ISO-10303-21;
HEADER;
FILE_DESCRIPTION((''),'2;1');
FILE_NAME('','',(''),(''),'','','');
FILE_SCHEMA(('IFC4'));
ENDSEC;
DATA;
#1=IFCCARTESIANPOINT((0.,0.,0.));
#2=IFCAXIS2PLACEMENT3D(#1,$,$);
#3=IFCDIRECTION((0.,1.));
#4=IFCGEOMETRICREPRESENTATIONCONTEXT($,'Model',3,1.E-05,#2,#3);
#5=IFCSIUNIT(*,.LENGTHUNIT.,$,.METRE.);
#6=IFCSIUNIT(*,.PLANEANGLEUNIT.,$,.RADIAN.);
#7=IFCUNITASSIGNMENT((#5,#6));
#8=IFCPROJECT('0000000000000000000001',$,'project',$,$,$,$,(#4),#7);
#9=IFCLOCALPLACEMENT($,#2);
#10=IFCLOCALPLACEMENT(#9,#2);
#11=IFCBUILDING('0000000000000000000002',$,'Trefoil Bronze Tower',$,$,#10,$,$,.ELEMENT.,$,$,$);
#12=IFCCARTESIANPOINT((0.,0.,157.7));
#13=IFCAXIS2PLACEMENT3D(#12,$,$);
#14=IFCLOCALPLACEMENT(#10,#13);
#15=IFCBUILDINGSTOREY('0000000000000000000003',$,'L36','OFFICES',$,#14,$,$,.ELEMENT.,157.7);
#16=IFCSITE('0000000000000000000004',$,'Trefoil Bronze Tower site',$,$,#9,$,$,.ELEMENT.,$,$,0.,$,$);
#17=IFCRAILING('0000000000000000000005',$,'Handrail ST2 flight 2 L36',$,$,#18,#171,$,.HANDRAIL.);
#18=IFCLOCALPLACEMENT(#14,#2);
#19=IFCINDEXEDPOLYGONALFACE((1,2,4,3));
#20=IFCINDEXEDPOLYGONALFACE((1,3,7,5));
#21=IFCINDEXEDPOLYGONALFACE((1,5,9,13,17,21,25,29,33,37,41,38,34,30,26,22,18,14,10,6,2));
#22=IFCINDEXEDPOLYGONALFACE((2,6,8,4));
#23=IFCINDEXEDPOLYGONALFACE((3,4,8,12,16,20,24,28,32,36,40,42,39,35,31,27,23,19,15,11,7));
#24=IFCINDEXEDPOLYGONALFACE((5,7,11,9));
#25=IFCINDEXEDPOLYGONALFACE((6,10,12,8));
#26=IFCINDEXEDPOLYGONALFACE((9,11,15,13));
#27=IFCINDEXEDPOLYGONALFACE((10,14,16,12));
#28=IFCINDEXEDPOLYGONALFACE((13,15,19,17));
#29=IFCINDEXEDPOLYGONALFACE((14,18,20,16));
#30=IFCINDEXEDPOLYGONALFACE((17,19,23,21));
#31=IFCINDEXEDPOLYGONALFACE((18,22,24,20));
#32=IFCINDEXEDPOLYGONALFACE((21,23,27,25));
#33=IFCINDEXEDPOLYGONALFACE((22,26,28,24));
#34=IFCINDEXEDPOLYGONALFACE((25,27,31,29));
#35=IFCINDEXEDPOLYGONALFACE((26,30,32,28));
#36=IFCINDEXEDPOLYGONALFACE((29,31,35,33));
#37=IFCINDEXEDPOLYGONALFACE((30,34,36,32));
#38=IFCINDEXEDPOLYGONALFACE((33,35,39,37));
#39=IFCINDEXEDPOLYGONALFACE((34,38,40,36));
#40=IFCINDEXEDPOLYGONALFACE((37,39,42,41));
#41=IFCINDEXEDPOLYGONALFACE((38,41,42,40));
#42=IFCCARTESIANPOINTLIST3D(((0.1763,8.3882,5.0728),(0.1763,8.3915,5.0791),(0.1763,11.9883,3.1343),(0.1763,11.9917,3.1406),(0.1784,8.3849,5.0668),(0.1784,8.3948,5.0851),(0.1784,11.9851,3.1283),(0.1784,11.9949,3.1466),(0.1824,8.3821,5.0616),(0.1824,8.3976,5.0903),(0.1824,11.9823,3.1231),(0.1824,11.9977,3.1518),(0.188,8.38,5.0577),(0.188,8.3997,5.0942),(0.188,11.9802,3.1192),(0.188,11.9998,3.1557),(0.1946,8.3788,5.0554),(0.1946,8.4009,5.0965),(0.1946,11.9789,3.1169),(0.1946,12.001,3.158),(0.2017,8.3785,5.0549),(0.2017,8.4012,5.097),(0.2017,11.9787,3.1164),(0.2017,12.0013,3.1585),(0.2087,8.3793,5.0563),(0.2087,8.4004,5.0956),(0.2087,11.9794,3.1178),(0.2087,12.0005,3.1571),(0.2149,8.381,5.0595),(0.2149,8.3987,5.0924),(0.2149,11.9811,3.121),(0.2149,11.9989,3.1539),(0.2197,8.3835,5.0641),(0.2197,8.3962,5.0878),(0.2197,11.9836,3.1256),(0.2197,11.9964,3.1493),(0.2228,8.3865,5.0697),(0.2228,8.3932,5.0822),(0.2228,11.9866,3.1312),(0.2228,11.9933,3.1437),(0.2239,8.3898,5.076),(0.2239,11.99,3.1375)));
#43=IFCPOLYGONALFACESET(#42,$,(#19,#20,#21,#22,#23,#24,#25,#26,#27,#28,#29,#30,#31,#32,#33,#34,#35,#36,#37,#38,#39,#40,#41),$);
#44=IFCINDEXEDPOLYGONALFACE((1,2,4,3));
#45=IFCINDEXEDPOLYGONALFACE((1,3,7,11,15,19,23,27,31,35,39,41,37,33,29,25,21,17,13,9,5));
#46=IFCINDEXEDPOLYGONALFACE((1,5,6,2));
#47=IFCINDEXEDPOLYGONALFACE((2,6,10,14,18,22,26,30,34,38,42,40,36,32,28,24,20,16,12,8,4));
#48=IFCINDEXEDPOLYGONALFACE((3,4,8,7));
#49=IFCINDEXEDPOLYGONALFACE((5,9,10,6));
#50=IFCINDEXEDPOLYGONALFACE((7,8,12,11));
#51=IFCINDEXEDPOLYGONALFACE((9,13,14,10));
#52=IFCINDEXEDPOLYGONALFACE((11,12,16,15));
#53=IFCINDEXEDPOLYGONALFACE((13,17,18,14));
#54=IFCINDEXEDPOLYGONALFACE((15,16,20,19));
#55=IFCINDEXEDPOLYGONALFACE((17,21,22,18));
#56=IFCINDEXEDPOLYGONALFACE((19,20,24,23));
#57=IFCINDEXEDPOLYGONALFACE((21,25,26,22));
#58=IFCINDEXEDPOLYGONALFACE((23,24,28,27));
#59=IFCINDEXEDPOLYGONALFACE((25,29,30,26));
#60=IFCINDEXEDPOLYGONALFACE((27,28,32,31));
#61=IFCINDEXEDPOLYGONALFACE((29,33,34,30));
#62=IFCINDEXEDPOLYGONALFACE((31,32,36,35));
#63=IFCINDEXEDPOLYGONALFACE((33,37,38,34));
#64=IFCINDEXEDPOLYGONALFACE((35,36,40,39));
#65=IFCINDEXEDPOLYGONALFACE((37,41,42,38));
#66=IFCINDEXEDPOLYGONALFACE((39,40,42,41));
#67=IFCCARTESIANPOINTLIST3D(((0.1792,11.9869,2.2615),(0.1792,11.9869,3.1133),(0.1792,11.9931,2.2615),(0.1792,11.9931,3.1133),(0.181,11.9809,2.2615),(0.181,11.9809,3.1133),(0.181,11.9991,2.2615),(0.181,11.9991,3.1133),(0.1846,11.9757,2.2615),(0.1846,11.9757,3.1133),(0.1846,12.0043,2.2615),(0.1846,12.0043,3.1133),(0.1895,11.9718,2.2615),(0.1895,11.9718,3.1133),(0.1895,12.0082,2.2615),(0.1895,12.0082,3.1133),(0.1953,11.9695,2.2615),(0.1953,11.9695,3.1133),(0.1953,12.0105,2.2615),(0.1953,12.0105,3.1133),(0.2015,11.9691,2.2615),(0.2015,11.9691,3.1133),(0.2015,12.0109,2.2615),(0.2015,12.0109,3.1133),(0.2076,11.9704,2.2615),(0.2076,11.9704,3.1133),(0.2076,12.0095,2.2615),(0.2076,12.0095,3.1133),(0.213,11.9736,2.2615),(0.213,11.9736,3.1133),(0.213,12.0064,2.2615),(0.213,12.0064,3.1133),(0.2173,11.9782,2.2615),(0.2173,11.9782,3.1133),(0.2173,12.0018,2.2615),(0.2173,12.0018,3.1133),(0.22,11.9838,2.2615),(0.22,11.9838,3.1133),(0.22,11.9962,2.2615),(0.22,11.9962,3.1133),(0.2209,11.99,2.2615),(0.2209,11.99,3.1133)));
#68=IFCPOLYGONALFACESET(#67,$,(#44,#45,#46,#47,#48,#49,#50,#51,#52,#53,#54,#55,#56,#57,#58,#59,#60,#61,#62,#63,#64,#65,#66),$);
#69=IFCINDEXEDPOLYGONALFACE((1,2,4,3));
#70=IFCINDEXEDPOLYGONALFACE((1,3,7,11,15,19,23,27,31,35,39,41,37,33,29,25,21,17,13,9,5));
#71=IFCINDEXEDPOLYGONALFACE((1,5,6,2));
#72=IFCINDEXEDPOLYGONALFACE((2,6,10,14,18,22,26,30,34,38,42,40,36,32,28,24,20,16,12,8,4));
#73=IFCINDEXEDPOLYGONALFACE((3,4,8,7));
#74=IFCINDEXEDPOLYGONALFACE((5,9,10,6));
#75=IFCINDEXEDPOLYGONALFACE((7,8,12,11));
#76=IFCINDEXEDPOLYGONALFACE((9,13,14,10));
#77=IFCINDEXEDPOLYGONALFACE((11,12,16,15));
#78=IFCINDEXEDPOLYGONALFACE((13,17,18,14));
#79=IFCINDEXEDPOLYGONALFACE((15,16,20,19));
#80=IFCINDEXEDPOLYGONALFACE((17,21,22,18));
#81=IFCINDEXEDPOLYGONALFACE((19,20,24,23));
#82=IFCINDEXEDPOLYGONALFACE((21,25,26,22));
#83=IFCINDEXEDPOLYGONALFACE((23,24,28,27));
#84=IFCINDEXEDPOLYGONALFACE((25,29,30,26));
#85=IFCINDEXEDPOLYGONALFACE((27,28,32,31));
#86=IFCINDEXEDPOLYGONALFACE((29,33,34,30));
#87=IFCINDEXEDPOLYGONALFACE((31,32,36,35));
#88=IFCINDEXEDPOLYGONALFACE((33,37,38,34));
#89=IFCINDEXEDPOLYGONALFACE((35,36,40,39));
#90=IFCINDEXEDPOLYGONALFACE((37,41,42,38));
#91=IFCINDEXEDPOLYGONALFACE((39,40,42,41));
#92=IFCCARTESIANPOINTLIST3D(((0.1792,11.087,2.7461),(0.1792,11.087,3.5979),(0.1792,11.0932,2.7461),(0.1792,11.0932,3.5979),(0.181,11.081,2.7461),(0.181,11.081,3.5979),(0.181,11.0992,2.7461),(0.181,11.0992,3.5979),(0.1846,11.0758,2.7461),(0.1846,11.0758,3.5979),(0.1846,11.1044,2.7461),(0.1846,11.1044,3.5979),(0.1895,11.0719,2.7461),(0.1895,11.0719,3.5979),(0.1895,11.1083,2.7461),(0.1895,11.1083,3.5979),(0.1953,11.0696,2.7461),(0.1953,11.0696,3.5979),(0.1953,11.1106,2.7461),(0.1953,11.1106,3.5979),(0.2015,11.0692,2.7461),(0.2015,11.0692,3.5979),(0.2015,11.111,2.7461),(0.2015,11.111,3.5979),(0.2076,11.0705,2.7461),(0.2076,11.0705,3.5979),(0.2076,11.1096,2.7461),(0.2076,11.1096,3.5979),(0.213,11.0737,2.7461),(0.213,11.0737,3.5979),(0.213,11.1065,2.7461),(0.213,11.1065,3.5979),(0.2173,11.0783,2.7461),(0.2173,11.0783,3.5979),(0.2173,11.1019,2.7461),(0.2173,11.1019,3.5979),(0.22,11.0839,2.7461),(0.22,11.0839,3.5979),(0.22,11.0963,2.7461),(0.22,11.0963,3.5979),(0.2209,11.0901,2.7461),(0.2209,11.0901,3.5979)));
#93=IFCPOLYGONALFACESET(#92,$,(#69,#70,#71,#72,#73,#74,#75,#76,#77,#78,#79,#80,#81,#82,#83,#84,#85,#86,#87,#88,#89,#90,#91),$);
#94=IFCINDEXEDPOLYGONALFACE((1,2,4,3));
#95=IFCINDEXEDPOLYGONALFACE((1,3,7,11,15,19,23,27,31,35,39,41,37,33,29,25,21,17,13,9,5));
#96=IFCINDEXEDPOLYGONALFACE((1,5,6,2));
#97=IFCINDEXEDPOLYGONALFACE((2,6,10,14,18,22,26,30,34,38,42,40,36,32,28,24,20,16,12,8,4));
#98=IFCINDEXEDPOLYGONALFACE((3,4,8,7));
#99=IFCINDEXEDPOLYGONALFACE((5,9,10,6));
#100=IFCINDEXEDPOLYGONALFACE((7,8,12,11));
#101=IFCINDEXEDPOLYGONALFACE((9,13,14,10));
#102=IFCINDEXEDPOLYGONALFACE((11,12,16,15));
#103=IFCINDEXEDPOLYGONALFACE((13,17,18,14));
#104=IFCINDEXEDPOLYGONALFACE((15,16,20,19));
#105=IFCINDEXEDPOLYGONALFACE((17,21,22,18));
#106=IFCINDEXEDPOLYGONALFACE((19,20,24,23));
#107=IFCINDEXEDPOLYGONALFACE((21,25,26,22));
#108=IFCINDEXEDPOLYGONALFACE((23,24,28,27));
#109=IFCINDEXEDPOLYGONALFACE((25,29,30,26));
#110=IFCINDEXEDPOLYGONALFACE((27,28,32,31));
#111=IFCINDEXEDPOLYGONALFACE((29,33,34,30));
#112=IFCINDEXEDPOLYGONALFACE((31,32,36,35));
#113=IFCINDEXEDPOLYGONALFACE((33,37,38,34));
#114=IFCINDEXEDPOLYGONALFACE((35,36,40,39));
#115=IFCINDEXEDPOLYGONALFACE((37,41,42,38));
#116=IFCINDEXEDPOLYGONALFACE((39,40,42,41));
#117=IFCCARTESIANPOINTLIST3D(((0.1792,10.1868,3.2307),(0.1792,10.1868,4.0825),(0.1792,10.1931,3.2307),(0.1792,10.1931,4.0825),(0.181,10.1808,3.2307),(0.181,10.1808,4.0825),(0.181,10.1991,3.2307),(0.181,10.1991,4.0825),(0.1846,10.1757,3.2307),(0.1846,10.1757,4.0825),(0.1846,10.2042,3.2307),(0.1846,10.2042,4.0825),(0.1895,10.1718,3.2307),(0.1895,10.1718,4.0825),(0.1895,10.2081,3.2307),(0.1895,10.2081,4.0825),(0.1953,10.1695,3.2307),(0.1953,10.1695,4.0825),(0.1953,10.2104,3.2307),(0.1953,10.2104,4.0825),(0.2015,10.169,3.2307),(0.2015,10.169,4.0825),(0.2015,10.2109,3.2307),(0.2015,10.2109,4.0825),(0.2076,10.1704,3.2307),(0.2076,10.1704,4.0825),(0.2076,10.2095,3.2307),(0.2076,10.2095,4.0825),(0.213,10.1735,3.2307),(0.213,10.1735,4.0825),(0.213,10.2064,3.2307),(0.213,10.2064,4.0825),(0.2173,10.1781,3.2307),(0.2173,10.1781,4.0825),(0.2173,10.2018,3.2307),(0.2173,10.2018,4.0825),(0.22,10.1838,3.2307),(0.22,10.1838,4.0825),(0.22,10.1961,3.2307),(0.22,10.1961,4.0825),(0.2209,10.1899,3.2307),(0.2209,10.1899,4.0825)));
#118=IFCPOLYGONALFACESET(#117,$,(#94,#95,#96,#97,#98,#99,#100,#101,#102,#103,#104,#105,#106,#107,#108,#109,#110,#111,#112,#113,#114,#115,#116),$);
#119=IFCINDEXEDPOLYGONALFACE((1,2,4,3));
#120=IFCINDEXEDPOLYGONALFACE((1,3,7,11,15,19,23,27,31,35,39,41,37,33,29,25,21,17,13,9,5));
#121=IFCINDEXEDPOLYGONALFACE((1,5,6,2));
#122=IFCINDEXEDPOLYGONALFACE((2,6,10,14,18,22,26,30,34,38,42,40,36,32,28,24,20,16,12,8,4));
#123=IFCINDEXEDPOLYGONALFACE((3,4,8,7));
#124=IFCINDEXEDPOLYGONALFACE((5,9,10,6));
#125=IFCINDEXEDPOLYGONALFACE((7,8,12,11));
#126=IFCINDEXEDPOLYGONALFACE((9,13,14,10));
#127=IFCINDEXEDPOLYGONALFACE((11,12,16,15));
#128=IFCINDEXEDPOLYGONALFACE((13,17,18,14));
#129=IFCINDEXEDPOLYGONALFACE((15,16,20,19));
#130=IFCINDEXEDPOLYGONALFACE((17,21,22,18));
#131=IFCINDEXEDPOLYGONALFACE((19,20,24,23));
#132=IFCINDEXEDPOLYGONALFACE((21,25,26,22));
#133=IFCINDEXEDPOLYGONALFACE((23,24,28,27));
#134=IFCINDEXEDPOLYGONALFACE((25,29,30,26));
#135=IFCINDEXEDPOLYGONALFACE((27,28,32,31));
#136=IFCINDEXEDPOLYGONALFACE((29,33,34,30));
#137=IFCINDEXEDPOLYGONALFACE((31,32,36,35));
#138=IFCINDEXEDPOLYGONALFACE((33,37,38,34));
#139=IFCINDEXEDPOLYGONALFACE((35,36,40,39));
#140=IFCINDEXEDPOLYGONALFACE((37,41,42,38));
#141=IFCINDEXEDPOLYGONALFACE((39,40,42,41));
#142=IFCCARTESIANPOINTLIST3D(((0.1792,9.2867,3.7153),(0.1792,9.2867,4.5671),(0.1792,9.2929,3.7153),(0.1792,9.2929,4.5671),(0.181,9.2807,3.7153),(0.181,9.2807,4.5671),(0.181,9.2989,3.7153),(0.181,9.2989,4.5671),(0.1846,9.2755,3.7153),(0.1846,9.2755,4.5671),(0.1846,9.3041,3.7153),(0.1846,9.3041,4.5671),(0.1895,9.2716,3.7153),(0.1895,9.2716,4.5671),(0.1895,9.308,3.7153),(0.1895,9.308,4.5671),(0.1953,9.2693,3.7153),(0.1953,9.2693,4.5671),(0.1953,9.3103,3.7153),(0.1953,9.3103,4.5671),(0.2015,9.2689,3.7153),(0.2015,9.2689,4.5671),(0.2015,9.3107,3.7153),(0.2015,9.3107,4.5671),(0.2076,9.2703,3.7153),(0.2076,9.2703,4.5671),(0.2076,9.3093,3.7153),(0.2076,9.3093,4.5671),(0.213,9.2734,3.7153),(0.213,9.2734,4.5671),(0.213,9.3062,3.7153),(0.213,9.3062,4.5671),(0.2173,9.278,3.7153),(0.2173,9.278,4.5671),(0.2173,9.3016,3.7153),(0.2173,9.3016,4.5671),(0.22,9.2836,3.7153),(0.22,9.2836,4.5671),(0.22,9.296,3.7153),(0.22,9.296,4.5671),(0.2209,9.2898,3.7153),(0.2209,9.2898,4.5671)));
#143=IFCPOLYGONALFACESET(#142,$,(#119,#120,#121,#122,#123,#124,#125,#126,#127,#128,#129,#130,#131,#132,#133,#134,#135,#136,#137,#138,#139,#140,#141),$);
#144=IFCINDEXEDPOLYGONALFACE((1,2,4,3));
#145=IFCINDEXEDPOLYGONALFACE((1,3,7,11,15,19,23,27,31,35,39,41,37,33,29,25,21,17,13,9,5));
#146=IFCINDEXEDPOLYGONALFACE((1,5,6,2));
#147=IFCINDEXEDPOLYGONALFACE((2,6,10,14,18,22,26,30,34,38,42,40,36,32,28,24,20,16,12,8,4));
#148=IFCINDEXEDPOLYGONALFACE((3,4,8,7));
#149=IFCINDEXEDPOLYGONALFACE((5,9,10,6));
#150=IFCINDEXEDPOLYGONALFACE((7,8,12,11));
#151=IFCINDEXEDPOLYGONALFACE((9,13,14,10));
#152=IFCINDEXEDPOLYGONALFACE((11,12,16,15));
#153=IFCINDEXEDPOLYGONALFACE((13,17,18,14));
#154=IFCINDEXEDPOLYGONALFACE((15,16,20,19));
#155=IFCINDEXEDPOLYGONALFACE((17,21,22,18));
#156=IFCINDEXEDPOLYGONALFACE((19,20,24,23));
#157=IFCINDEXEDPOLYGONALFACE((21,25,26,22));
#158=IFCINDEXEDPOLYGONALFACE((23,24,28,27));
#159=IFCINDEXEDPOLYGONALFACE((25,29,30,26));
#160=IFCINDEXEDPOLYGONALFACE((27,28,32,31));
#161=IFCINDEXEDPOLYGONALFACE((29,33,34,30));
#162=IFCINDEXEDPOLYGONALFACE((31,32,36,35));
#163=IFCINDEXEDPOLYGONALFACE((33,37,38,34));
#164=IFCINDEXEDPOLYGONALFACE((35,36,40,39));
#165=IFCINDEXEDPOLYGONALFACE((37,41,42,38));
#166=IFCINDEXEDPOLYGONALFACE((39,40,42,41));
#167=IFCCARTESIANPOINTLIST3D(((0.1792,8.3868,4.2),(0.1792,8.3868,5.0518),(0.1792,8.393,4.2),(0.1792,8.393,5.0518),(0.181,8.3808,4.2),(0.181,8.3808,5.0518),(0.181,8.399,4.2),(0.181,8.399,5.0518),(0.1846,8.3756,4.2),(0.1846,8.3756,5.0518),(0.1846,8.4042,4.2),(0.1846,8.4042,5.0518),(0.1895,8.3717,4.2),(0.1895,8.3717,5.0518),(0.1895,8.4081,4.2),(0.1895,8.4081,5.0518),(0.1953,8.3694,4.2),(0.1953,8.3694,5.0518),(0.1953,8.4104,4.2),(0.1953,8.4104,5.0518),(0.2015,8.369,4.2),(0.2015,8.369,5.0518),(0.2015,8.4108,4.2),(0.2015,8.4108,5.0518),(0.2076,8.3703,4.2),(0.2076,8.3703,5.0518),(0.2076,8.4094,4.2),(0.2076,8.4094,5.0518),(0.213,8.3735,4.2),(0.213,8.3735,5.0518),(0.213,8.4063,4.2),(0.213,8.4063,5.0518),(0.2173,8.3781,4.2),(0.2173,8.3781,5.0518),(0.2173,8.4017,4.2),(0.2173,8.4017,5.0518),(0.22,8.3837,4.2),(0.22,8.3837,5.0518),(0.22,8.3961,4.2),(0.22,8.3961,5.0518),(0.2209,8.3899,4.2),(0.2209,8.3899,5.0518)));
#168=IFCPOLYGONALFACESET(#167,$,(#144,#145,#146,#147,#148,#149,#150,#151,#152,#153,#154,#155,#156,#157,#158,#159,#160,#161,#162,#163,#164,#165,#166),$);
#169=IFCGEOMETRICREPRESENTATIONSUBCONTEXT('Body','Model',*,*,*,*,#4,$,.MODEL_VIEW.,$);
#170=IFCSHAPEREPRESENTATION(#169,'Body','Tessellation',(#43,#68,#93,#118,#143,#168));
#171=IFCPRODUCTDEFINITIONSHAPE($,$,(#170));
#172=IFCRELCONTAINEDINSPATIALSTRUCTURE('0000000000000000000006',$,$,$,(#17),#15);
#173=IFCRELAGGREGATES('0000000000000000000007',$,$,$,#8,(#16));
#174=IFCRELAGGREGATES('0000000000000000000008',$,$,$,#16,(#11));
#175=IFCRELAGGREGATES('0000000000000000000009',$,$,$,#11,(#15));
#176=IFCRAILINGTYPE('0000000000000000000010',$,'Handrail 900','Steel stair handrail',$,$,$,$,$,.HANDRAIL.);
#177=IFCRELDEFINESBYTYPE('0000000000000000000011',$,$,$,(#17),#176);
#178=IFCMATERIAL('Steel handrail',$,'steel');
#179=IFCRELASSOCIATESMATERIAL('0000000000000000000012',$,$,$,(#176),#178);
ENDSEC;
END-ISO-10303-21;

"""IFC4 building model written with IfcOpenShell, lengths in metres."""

from ifc_helpers import new_model, si_unit, direction, frame, origin, origin_2d, place, context, subcontext, project, spatial, circle, extrude, material, type_object, element, save


model = new_model("IFC4")

# Units and contexts
model_context = context("Model", 3, precision=1e-05, world=origin(), true_north=direction((0.0, 1.0)))
body_context = subcontext(model_context, "Body", "Model", "MODEL_VIEW")
ifc_project = project(units=[si_unit("LENGTHUNIT", "METRE"), si_unit("PLANEANGLEUNIT", "RADIAN")], contexts=[model_context])

# Site, building, storey
site_placement = place(None, origin())
site = spatial("IfcSite", under=ifc_project, at=site_placement, Name="Trefoil Bronze Tower site", CompositionType="ELEMENT", RefElevation=0.0)
building_placement = place(site_placement, origin())
building = spatial("IfcBuilding", under=site, at=building_placement, Name="Trefoil Bronze Tower", CompositionType="ELEMENT")
storey_placement = place(building_placement, frame((0.0, 0.0, 157.7)))
storey = spatial("IfcBuildingStorey", under=building, at=storey_placement, Name="L36", Description="OFFICES", CompositionType="ELEMENT", Elevation=157.7)

# Railing
ifc_material_1 = material(Name="Steel handrail", Category="steel")
railing_type = type_object("IfcRailingType", Name="Handrail 900", Description="Steel stair handrail", PredefinedType="HANDRAIL", material=ifc_material_1)
railing_placement = place(storey_placement, frame((0.2, 11.99, 2.2615)))
element("IfcRailing", 1, at=railing_placement, inside=storey, type_object=railing_type, Name="Handrail ST2 flight 2 L36", PredefinedType="HANDRAIL", context=body_context, shape_type="SweptSolid", body=[
    extrude(circle(Radius=0.0239, at=origin_2d()), frame((0.0, 0.0, 0.876), z_axis=(0.0, -0.880475, 0.474093), x_axis=(1.0, 0.0, 0.0)), (0.0, 0.0, 1.0), 4.0889),
    extrude(circle(Radius=0.021, at=origin_2d()), origin(), (0.0, 0.0, 1.0), 0.8518),
    extrude(circle(Radius=0.021, at=origin_2d()), frame((0.0, -0.8999, 0.4846)), (0.0, 0.0, 1.0), 0.8518),
    extrude(circle(Radius=0.021, at=origin_2d()), frame((0.0, -1.8, 0.9692)), (0.0, 0.0, 1.0), 0.8518),
    extrude(circle(Radius=0.021, at=origin_2d()), frame((0.0, -2.7002, 1.4539)), (0.0, 0.0, 1.0), 0.8518),
    extrude(circle(Radius=0.021, at=origin_2d()), frame((0.0, -3.6001, 1.9385)), (0.0, 0.0, 1.0), 0.8518),
])

save(model, "model.ifc")
